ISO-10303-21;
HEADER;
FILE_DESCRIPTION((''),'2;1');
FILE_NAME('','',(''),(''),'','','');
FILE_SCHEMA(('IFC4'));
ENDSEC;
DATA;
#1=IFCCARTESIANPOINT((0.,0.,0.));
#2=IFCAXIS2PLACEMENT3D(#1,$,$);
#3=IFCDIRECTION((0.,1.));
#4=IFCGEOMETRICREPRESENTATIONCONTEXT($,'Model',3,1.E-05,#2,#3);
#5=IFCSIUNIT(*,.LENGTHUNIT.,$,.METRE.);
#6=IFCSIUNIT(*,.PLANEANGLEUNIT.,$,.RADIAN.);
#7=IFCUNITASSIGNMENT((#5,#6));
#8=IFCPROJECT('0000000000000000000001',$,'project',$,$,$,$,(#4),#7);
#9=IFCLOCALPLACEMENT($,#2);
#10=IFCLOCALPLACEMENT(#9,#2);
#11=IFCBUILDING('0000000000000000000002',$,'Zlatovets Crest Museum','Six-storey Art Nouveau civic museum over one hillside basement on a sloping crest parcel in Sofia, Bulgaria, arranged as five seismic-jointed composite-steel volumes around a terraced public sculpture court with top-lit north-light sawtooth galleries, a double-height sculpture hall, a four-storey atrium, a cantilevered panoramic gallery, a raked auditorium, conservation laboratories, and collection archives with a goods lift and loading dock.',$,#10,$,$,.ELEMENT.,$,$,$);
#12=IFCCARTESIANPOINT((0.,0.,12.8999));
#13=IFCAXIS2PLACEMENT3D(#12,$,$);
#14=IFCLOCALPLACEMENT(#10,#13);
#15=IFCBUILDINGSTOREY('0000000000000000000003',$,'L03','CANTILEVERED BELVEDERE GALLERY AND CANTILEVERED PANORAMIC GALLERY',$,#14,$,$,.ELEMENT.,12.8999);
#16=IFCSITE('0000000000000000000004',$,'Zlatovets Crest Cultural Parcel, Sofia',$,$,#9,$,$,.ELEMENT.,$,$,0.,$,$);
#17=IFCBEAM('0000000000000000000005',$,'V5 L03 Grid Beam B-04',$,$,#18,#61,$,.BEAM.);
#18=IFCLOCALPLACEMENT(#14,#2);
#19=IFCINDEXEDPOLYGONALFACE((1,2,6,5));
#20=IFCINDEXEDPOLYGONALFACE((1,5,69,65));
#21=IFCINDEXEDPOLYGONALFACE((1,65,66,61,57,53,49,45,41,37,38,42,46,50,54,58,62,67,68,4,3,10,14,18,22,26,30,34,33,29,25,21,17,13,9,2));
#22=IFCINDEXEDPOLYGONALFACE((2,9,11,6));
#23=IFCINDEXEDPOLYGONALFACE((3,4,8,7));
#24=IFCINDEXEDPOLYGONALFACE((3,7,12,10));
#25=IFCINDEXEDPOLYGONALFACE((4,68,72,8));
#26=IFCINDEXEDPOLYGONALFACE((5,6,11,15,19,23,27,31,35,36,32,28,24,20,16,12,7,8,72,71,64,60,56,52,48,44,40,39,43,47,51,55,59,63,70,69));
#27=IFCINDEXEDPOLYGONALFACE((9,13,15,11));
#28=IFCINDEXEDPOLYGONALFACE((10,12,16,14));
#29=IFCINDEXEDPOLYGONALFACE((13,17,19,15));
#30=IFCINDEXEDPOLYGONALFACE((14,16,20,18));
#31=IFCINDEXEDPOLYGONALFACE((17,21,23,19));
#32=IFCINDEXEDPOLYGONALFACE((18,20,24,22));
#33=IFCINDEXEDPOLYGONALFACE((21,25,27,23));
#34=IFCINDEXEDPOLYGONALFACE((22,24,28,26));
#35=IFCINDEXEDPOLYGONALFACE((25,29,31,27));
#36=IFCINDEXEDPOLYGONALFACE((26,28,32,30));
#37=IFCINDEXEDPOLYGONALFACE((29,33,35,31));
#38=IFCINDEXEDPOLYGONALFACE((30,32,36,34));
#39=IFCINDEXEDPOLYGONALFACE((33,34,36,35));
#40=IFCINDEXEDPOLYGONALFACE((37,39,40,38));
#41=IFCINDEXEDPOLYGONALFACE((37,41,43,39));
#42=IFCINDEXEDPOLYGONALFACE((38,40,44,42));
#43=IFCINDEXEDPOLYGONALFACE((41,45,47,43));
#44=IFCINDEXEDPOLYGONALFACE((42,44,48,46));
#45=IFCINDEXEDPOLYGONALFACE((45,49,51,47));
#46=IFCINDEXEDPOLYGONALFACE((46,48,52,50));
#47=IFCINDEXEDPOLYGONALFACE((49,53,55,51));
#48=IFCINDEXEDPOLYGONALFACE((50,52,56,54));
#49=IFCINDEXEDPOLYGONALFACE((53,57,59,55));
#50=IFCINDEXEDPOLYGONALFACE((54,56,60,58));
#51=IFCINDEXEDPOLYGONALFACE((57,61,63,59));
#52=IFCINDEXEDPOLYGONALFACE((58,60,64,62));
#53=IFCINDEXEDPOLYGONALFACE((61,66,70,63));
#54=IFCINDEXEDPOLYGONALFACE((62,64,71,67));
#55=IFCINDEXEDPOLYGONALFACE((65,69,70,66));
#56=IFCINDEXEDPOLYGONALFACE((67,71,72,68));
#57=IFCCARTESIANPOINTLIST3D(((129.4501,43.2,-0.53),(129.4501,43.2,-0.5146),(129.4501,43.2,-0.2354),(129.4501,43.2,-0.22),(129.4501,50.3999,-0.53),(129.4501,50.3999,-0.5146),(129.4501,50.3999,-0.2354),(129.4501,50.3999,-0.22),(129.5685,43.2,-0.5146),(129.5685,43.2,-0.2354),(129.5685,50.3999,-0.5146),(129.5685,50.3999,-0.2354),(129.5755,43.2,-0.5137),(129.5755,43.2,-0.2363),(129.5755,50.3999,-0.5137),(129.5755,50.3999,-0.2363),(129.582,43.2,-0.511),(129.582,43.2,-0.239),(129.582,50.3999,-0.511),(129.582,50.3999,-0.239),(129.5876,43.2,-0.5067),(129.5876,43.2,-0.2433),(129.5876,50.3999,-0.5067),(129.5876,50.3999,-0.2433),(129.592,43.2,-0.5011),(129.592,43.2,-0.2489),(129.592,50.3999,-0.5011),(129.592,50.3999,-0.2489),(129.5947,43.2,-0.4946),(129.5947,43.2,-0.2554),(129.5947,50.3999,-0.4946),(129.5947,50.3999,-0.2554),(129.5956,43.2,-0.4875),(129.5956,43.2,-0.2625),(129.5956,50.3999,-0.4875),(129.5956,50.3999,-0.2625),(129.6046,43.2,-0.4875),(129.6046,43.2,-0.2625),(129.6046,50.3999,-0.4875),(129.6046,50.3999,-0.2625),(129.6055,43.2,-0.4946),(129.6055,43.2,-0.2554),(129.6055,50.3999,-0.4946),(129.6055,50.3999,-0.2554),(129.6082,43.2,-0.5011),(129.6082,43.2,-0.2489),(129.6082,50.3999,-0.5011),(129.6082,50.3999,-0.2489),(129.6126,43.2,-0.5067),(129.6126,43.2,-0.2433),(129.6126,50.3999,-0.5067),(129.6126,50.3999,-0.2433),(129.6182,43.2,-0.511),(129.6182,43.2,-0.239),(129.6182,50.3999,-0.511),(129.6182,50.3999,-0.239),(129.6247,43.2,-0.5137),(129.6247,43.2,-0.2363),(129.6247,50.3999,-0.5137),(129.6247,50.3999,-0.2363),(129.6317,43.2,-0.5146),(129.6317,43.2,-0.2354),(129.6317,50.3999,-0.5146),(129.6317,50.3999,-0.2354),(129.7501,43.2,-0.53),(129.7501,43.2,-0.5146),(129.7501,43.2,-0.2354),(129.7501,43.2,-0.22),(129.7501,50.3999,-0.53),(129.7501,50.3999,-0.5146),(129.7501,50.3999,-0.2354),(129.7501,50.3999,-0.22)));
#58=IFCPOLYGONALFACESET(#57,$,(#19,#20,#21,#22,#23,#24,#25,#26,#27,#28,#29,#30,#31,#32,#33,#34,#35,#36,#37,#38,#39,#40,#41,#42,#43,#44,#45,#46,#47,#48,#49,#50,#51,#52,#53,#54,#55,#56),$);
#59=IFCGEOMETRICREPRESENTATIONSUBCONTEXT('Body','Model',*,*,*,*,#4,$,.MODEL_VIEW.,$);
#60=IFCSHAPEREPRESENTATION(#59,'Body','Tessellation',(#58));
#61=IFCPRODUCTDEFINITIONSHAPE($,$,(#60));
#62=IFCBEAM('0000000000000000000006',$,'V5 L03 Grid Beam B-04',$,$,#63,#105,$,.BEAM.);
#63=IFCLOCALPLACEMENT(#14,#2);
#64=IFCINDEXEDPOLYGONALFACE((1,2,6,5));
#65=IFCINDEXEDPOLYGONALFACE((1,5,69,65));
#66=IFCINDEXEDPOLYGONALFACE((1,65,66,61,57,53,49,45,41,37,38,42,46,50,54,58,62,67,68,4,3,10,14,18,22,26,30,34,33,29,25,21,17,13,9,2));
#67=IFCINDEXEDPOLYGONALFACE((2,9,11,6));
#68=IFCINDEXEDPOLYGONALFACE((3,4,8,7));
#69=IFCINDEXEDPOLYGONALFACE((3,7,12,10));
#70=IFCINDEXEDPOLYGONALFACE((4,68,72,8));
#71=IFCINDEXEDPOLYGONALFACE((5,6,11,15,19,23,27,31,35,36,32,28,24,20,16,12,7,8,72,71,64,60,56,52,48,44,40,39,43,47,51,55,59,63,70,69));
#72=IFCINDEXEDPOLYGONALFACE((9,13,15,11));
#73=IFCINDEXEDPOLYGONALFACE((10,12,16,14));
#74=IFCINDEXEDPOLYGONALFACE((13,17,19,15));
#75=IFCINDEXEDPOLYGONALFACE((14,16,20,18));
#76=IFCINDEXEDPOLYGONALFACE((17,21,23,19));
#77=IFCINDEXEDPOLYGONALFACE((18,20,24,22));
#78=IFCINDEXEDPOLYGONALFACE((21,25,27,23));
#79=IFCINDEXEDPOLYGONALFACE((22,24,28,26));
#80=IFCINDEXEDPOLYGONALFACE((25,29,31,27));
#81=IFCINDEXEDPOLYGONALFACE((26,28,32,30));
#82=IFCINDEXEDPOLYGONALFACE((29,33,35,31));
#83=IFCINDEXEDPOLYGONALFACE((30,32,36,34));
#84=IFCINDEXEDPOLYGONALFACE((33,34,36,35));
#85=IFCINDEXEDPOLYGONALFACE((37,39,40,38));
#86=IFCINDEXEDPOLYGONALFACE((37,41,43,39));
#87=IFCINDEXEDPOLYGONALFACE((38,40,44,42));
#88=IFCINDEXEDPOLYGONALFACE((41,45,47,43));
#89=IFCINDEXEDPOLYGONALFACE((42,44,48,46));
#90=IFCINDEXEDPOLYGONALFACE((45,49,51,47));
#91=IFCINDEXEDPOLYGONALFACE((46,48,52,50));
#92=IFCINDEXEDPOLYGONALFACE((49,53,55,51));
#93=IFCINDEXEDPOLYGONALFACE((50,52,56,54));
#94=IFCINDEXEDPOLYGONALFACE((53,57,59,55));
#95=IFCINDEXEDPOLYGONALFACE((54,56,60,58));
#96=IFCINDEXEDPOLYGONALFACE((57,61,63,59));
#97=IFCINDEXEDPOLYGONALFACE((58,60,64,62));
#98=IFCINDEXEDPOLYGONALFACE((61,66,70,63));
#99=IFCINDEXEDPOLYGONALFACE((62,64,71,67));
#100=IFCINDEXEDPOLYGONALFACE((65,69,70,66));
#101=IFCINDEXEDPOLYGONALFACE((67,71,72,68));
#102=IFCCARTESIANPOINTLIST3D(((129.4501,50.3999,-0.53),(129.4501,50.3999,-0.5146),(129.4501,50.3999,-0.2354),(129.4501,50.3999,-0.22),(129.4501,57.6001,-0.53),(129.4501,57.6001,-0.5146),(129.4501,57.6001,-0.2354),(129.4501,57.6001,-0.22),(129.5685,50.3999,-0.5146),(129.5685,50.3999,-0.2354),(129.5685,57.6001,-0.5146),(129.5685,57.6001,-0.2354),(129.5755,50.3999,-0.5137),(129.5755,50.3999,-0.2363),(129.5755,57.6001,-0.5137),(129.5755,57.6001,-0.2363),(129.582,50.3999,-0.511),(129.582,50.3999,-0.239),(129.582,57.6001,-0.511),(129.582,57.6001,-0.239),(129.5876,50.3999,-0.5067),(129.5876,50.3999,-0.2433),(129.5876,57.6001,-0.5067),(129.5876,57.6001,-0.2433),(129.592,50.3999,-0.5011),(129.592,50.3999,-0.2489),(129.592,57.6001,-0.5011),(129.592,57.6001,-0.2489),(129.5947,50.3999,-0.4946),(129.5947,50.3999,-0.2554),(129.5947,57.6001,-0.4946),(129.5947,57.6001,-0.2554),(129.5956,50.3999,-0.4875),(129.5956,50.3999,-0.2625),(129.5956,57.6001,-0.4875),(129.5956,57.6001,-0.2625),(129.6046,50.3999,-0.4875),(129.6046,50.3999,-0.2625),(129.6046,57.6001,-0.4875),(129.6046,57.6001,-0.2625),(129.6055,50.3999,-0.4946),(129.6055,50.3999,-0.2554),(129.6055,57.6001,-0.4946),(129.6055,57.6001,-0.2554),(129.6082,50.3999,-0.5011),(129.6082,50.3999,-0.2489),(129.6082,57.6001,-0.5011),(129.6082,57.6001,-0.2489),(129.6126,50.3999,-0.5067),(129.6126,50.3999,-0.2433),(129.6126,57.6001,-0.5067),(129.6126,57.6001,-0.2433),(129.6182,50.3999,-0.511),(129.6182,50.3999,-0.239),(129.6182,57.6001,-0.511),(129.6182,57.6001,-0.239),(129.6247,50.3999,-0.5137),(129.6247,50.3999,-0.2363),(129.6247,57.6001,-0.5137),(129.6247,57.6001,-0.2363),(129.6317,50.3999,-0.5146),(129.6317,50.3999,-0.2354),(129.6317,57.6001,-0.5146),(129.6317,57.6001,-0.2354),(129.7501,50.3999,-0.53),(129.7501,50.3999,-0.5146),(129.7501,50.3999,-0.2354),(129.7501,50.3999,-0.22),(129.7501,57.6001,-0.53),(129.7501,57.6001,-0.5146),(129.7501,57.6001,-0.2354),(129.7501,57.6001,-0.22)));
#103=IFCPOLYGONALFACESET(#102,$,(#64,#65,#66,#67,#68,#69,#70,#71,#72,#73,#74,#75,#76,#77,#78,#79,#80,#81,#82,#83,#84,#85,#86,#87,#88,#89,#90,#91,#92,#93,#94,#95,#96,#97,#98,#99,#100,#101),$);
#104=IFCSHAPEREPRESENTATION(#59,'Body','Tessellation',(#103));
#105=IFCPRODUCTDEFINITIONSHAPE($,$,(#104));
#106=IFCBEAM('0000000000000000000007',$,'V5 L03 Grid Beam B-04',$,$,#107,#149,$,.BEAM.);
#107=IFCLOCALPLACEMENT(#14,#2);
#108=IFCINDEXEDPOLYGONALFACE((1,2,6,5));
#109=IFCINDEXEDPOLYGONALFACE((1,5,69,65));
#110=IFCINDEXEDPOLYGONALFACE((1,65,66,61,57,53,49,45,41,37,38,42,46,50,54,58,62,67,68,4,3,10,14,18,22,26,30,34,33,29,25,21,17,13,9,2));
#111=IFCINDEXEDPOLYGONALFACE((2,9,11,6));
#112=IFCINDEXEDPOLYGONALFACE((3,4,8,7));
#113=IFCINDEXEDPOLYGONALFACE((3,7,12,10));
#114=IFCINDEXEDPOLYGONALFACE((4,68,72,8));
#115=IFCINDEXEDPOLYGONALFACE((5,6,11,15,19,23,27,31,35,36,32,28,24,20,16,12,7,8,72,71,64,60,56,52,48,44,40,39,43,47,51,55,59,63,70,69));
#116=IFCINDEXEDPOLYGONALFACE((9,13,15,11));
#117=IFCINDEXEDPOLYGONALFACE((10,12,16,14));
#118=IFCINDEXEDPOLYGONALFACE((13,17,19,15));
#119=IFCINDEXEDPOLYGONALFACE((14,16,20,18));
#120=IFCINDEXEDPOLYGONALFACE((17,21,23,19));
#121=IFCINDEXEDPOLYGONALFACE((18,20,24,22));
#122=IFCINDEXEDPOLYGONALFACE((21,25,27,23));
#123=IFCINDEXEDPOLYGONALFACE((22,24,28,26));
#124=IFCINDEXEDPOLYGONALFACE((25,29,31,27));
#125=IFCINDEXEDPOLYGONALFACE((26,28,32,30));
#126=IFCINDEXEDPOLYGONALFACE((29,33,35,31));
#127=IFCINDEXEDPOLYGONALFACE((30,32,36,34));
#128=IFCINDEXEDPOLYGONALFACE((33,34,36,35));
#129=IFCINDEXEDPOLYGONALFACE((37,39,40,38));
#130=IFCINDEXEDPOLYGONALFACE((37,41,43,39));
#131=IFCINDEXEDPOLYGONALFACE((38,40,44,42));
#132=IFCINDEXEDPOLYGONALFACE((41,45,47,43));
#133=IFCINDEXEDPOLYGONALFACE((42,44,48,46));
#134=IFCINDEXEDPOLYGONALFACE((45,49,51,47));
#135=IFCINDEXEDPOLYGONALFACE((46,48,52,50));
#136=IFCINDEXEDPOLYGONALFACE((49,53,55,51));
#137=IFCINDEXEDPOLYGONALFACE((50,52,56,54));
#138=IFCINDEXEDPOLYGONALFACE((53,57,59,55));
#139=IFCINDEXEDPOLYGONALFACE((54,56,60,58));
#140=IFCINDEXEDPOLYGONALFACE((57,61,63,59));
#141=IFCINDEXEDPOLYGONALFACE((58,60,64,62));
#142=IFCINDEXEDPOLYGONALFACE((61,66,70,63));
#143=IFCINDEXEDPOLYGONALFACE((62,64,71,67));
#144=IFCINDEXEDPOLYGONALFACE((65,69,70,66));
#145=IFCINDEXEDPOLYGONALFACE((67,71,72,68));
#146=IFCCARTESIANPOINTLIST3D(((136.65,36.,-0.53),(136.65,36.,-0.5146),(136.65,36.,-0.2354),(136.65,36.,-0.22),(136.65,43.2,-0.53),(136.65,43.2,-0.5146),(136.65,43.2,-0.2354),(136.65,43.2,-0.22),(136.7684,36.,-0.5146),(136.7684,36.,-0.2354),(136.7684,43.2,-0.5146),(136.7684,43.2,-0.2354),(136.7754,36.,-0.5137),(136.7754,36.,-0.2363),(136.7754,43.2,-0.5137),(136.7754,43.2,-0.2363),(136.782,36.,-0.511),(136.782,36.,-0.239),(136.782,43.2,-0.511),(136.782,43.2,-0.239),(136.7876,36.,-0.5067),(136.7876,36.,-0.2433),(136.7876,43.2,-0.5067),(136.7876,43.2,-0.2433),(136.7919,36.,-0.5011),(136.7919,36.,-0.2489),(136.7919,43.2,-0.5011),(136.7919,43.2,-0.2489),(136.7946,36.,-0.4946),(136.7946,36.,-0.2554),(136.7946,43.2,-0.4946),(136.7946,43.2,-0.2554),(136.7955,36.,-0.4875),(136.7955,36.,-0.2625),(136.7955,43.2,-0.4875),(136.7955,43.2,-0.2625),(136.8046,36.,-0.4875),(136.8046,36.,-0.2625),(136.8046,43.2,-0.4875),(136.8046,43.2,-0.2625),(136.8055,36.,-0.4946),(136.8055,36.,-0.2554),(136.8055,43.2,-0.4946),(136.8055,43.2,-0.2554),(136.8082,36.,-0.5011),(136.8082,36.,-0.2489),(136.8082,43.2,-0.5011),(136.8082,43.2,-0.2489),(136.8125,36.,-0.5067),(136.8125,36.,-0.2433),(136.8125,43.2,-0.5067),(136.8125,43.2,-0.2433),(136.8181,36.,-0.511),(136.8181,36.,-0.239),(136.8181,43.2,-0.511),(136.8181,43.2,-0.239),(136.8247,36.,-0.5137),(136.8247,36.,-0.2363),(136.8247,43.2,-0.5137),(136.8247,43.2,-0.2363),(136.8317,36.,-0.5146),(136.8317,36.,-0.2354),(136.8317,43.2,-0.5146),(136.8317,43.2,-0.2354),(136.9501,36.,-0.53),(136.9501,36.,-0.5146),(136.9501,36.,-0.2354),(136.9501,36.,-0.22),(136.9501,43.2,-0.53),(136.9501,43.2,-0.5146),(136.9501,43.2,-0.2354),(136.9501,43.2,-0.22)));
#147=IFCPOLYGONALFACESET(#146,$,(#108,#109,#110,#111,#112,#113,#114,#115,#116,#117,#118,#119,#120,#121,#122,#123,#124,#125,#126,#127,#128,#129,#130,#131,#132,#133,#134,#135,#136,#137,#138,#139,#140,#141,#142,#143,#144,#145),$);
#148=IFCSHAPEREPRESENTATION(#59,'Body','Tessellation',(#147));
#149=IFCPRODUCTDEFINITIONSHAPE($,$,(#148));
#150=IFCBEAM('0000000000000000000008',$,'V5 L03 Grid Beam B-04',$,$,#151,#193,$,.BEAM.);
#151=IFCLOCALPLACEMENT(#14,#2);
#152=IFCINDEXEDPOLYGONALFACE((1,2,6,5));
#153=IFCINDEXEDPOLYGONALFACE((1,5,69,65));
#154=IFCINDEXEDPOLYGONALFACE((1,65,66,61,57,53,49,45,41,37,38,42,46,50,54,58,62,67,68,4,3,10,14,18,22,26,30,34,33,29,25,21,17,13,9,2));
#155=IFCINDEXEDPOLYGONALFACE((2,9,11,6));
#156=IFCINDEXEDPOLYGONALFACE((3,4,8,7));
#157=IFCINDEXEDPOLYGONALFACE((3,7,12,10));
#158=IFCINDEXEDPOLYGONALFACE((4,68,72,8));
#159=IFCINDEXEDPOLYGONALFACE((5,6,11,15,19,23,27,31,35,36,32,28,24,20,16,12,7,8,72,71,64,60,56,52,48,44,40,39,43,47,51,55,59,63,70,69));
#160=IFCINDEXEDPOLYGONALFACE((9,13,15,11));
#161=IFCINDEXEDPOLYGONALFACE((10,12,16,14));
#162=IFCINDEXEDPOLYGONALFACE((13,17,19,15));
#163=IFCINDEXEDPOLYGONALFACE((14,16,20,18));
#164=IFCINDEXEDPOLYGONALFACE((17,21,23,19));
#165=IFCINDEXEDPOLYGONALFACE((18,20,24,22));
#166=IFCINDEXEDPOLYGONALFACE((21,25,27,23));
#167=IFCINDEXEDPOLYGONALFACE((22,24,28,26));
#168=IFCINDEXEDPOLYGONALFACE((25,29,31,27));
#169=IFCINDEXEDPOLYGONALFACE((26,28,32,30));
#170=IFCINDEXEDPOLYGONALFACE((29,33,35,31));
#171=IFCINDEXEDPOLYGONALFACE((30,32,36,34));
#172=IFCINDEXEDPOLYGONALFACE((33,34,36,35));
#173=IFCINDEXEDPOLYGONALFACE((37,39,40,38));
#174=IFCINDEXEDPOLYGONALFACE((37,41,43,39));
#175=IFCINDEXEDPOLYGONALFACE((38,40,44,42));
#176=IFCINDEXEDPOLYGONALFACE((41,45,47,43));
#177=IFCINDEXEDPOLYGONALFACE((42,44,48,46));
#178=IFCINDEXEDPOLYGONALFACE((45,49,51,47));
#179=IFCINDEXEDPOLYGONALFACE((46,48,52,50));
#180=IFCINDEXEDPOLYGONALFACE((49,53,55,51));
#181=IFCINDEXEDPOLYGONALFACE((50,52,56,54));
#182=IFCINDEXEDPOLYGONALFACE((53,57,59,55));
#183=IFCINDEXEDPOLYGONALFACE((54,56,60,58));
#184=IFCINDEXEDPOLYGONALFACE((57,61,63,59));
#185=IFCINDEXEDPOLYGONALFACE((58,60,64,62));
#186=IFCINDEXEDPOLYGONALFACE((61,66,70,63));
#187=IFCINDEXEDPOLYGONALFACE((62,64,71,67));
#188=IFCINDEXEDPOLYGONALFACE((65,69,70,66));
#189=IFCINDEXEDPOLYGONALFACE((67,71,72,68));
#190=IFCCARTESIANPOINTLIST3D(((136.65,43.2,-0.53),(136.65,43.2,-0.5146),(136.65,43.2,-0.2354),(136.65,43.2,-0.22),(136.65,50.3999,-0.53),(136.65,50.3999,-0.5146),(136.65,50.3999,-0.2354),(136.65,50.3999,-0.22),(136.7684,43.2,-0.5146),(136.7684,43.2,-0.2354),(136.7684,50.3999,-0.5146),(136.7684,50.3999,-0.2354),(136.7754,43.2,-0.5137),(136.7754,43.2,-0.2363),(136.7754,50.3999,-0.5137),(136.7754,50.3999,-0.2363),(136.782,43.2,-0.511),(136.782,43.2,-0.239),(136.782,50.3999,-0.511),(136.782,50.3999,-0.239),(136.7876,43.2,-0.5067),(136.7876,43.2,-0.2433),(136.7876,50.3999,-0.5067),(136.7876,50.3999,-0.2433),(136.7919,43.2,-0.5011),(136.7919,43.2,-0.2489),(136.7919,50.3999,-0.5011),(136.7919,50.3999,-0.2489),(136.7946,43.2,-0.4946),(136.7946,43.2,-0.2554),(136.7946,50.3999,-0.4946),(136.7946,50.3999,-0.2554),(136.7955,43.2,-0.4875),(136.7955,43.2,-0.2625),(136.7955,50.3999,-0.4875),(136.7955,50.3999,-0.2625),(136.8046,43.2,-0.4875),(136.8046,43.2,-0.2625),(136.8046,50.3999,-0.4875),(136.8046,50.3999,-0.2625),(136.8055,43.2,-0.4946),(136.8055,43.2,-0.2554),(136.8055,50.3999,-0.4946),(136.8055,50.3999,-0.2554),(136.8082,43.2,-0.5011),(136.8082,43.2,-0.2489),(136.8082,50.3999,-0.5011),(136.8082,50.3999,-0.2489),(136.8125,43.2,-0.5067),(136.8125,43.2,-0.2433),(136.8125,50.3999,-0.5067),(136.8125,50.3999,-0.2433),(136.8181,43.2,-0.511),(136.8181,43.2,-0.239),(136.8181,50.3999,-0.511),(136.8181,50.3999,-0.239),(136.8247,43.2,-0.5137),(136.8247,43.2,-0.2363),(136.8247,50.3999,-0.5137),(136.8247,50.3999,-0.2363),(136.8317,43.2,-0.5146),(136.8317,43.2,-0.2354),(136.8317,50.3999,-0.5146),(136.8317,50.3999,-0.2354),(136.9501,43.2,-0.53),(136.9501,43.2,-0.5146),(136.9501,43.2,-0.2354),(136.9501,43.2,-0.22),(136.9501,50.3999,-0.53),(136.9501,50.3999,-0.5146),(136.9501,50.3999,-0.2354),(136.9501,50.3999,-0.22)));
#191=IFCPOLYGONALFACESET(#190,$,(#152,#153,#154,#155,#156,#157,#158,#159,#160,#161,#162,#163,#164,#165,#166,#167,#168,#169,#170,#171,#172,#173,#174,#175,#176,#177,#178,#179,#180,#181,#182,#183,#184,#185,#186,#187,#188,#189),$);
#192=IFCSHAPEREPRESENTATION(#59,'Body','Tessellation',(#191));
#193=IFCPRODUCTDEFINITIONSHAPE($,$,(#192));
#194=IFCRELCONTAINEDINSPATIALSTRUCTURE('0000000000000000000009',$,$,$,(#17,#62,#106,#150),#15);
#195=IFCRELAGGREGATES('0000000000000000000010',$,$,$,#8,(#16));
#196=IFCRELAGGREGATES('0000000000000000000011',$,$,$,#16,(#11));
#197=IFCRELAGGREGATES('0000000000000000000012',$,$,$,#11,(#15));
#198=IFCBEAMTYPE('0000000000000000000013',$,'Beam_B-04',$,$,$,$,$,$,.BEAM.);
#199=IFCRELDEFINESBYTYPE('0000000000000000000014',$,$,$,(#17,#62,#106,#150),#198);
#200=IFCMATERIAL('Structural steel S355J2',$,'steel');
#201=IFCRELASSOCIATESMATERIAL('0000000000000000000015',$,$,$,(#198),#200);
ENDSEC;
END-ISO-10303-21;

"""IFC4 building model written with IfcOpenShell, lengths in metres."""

from ifc_helpers import new_model, si_unit, direction, frame, origin, origin_2d, place, context, subcontext, project, spatial, i_section, extrude, material, material_profile, profile_set, type_object, element, save


model = new_model("IFC4")

# Units and contexts
model_context = context("Model", 3, precision=1e-05, world=origin(), true_north=direction((0.0, 1.0)))
body_context = subcontext(model_context, "Body", "Model", "MODEL_VIEW")
ifc_project = project(units=[si_unit("LENGTHUNIT", "METRE"), si_unit("PLANEANGLEUNIT", "RADIAN")], contexts=[model_context])

# Site, building, storey
site_placement = place(None, origin())
site = spatial("IfcSite", under=ifc_project, at=site_placement, Name="Zlatovets Crest Cultural Parcel, Sofia", CompositionType="ELEMENT", RefElevation=0.0)
building_placement = place(site_placement, origin())
building = spatial("IfcBuilding", under=site, at=building_placement, Name="Zlatovets Crest Museum", Description="Six-storey Art Nouveau civic museum over one hillside basement on a sloping crest parcel in Sofia, Bulgaria, arranged as five seismic-jointed composite-steel volumes around a terraced public sculpture court with top-lit north-light sawtooth galleries, a double-height sculpture hall, a four-storey atrium, a cantilevered panoramic gallery, a raked auditorium, conservation laboratories, and collection archives with a goods lift and loading dock.", CompositionType="ELEMENT")
storey_placement = place(building_placement, frame((0.0, 0.0, 12.8999)))
storey = spatial("IfcBuildingStorey", under=building, at=storey_placement, Name="L03", Description="CANTILEVERED BELVEDERE GALLERY AND CANTILEVERED PANORAMIC GALLERY", CompositionType="ELEMENT", Elevation=12.8999)

# Beams
ifc_material_1 = material(Name="Structural steel S355J2", Category="steel")
ifc_material_profile_1 = material_profile(ifc_material_1, i_section(OverallWidth=0.3, OverallDepth=0.3101, WebThickness=0.009, FlangeThickness=0.0154, FilletRadius=0.0271, at=origin_2d()), Name="HEA 320")
ifc_profile_set_1 = profile_set([ifc_material_profile_1], Name="Structural steel S355J2")
beam_type_1 = type_object("IfcBeamType", Name="Beam_B-04", PredefinedType="BEAM", material=ifc_profile_set_1)
for number, where, z_axis, x_axis, name in (
    (1, (129.6001, 43.2, -0.375), (0.0, 1.0, 0.0), (-1.0, 0.0, 0.0), "V5 L03 Grid Beam B-04"),
):
    element("IfcBeam", number, at=place(storey_placement, frame(where, z_axis=z_axis, x_axis=x_axis)), inside=storey, type_object=beam_type_1, Name=name, PredefinedType="BEAM", context=body_context, shape_type="SweptSolid", body=[
        extrude(i_section(OverallWidth=0.3, OverallDepth=0.3101, WebThickness=0.009, FlangeThickness=0.0154, FilletRadius=0.0271, at=origin_2d()), origin(), (0.0, 0.0, 1.0), 7.2),
    ])
beam_1_placement = place(storey_placement, frame((129.6001, 50.3999, -0.375), z_axis=(0.0, 1.0, 0.0), x_axis=(-1.0, 0.0, 0.0)))
element("IfcBeam", 2, at=beam_1_placement, inside=storey, type_object=beam_type_1, Name="V5 L03 Grid Beam B-04", PredefinedType="BEAM", context=body_context, shape_type="SweptSolid", body=[
    extrude(i_section(OverallWidth=0.3, OverallDepth=0.3101, WebThickness=0.009, FlangeThickness=0.0154, FilletRadius=0.0271, at=origin_2d()), origin(), (0.0, 0.0, 1.0), 7.2002),
])
for number, where, z_axis, x_axis, name in (
    (3, (136.8, 36.0, -0.375), (0.0, 1.0, 0.0), (-1.0, 0.0, 0.0), "V5 L03 Grid Beam B-04"),
    (4, (136.8, 43.2, -0.375), (0.0, 1.0, 0.0), (-1.0, 0.0, 0.0), "V5 L03 Grid Beam B-04"),
):
    element("IfcBeam", number, at=place(storey_placement, frame(where, z_axis=z_axis, x_axis=x_axis)), inside=storey, type_object=beam_type_1, Name=name, PredefinedType="BEAM", context=body_context, shape_type="SweptSolid", body=[
        extrude(i_section(OverallWidth=0.3, OverallDepth=0.3101, WebThickness=0.009, FlangeThickness=0.0154, FilletRadius=0.0271, at=origin_2d()), origin(), (0.0, 0.0, 1.0), 7.2),
    ])

save(model, "model.ifc")
